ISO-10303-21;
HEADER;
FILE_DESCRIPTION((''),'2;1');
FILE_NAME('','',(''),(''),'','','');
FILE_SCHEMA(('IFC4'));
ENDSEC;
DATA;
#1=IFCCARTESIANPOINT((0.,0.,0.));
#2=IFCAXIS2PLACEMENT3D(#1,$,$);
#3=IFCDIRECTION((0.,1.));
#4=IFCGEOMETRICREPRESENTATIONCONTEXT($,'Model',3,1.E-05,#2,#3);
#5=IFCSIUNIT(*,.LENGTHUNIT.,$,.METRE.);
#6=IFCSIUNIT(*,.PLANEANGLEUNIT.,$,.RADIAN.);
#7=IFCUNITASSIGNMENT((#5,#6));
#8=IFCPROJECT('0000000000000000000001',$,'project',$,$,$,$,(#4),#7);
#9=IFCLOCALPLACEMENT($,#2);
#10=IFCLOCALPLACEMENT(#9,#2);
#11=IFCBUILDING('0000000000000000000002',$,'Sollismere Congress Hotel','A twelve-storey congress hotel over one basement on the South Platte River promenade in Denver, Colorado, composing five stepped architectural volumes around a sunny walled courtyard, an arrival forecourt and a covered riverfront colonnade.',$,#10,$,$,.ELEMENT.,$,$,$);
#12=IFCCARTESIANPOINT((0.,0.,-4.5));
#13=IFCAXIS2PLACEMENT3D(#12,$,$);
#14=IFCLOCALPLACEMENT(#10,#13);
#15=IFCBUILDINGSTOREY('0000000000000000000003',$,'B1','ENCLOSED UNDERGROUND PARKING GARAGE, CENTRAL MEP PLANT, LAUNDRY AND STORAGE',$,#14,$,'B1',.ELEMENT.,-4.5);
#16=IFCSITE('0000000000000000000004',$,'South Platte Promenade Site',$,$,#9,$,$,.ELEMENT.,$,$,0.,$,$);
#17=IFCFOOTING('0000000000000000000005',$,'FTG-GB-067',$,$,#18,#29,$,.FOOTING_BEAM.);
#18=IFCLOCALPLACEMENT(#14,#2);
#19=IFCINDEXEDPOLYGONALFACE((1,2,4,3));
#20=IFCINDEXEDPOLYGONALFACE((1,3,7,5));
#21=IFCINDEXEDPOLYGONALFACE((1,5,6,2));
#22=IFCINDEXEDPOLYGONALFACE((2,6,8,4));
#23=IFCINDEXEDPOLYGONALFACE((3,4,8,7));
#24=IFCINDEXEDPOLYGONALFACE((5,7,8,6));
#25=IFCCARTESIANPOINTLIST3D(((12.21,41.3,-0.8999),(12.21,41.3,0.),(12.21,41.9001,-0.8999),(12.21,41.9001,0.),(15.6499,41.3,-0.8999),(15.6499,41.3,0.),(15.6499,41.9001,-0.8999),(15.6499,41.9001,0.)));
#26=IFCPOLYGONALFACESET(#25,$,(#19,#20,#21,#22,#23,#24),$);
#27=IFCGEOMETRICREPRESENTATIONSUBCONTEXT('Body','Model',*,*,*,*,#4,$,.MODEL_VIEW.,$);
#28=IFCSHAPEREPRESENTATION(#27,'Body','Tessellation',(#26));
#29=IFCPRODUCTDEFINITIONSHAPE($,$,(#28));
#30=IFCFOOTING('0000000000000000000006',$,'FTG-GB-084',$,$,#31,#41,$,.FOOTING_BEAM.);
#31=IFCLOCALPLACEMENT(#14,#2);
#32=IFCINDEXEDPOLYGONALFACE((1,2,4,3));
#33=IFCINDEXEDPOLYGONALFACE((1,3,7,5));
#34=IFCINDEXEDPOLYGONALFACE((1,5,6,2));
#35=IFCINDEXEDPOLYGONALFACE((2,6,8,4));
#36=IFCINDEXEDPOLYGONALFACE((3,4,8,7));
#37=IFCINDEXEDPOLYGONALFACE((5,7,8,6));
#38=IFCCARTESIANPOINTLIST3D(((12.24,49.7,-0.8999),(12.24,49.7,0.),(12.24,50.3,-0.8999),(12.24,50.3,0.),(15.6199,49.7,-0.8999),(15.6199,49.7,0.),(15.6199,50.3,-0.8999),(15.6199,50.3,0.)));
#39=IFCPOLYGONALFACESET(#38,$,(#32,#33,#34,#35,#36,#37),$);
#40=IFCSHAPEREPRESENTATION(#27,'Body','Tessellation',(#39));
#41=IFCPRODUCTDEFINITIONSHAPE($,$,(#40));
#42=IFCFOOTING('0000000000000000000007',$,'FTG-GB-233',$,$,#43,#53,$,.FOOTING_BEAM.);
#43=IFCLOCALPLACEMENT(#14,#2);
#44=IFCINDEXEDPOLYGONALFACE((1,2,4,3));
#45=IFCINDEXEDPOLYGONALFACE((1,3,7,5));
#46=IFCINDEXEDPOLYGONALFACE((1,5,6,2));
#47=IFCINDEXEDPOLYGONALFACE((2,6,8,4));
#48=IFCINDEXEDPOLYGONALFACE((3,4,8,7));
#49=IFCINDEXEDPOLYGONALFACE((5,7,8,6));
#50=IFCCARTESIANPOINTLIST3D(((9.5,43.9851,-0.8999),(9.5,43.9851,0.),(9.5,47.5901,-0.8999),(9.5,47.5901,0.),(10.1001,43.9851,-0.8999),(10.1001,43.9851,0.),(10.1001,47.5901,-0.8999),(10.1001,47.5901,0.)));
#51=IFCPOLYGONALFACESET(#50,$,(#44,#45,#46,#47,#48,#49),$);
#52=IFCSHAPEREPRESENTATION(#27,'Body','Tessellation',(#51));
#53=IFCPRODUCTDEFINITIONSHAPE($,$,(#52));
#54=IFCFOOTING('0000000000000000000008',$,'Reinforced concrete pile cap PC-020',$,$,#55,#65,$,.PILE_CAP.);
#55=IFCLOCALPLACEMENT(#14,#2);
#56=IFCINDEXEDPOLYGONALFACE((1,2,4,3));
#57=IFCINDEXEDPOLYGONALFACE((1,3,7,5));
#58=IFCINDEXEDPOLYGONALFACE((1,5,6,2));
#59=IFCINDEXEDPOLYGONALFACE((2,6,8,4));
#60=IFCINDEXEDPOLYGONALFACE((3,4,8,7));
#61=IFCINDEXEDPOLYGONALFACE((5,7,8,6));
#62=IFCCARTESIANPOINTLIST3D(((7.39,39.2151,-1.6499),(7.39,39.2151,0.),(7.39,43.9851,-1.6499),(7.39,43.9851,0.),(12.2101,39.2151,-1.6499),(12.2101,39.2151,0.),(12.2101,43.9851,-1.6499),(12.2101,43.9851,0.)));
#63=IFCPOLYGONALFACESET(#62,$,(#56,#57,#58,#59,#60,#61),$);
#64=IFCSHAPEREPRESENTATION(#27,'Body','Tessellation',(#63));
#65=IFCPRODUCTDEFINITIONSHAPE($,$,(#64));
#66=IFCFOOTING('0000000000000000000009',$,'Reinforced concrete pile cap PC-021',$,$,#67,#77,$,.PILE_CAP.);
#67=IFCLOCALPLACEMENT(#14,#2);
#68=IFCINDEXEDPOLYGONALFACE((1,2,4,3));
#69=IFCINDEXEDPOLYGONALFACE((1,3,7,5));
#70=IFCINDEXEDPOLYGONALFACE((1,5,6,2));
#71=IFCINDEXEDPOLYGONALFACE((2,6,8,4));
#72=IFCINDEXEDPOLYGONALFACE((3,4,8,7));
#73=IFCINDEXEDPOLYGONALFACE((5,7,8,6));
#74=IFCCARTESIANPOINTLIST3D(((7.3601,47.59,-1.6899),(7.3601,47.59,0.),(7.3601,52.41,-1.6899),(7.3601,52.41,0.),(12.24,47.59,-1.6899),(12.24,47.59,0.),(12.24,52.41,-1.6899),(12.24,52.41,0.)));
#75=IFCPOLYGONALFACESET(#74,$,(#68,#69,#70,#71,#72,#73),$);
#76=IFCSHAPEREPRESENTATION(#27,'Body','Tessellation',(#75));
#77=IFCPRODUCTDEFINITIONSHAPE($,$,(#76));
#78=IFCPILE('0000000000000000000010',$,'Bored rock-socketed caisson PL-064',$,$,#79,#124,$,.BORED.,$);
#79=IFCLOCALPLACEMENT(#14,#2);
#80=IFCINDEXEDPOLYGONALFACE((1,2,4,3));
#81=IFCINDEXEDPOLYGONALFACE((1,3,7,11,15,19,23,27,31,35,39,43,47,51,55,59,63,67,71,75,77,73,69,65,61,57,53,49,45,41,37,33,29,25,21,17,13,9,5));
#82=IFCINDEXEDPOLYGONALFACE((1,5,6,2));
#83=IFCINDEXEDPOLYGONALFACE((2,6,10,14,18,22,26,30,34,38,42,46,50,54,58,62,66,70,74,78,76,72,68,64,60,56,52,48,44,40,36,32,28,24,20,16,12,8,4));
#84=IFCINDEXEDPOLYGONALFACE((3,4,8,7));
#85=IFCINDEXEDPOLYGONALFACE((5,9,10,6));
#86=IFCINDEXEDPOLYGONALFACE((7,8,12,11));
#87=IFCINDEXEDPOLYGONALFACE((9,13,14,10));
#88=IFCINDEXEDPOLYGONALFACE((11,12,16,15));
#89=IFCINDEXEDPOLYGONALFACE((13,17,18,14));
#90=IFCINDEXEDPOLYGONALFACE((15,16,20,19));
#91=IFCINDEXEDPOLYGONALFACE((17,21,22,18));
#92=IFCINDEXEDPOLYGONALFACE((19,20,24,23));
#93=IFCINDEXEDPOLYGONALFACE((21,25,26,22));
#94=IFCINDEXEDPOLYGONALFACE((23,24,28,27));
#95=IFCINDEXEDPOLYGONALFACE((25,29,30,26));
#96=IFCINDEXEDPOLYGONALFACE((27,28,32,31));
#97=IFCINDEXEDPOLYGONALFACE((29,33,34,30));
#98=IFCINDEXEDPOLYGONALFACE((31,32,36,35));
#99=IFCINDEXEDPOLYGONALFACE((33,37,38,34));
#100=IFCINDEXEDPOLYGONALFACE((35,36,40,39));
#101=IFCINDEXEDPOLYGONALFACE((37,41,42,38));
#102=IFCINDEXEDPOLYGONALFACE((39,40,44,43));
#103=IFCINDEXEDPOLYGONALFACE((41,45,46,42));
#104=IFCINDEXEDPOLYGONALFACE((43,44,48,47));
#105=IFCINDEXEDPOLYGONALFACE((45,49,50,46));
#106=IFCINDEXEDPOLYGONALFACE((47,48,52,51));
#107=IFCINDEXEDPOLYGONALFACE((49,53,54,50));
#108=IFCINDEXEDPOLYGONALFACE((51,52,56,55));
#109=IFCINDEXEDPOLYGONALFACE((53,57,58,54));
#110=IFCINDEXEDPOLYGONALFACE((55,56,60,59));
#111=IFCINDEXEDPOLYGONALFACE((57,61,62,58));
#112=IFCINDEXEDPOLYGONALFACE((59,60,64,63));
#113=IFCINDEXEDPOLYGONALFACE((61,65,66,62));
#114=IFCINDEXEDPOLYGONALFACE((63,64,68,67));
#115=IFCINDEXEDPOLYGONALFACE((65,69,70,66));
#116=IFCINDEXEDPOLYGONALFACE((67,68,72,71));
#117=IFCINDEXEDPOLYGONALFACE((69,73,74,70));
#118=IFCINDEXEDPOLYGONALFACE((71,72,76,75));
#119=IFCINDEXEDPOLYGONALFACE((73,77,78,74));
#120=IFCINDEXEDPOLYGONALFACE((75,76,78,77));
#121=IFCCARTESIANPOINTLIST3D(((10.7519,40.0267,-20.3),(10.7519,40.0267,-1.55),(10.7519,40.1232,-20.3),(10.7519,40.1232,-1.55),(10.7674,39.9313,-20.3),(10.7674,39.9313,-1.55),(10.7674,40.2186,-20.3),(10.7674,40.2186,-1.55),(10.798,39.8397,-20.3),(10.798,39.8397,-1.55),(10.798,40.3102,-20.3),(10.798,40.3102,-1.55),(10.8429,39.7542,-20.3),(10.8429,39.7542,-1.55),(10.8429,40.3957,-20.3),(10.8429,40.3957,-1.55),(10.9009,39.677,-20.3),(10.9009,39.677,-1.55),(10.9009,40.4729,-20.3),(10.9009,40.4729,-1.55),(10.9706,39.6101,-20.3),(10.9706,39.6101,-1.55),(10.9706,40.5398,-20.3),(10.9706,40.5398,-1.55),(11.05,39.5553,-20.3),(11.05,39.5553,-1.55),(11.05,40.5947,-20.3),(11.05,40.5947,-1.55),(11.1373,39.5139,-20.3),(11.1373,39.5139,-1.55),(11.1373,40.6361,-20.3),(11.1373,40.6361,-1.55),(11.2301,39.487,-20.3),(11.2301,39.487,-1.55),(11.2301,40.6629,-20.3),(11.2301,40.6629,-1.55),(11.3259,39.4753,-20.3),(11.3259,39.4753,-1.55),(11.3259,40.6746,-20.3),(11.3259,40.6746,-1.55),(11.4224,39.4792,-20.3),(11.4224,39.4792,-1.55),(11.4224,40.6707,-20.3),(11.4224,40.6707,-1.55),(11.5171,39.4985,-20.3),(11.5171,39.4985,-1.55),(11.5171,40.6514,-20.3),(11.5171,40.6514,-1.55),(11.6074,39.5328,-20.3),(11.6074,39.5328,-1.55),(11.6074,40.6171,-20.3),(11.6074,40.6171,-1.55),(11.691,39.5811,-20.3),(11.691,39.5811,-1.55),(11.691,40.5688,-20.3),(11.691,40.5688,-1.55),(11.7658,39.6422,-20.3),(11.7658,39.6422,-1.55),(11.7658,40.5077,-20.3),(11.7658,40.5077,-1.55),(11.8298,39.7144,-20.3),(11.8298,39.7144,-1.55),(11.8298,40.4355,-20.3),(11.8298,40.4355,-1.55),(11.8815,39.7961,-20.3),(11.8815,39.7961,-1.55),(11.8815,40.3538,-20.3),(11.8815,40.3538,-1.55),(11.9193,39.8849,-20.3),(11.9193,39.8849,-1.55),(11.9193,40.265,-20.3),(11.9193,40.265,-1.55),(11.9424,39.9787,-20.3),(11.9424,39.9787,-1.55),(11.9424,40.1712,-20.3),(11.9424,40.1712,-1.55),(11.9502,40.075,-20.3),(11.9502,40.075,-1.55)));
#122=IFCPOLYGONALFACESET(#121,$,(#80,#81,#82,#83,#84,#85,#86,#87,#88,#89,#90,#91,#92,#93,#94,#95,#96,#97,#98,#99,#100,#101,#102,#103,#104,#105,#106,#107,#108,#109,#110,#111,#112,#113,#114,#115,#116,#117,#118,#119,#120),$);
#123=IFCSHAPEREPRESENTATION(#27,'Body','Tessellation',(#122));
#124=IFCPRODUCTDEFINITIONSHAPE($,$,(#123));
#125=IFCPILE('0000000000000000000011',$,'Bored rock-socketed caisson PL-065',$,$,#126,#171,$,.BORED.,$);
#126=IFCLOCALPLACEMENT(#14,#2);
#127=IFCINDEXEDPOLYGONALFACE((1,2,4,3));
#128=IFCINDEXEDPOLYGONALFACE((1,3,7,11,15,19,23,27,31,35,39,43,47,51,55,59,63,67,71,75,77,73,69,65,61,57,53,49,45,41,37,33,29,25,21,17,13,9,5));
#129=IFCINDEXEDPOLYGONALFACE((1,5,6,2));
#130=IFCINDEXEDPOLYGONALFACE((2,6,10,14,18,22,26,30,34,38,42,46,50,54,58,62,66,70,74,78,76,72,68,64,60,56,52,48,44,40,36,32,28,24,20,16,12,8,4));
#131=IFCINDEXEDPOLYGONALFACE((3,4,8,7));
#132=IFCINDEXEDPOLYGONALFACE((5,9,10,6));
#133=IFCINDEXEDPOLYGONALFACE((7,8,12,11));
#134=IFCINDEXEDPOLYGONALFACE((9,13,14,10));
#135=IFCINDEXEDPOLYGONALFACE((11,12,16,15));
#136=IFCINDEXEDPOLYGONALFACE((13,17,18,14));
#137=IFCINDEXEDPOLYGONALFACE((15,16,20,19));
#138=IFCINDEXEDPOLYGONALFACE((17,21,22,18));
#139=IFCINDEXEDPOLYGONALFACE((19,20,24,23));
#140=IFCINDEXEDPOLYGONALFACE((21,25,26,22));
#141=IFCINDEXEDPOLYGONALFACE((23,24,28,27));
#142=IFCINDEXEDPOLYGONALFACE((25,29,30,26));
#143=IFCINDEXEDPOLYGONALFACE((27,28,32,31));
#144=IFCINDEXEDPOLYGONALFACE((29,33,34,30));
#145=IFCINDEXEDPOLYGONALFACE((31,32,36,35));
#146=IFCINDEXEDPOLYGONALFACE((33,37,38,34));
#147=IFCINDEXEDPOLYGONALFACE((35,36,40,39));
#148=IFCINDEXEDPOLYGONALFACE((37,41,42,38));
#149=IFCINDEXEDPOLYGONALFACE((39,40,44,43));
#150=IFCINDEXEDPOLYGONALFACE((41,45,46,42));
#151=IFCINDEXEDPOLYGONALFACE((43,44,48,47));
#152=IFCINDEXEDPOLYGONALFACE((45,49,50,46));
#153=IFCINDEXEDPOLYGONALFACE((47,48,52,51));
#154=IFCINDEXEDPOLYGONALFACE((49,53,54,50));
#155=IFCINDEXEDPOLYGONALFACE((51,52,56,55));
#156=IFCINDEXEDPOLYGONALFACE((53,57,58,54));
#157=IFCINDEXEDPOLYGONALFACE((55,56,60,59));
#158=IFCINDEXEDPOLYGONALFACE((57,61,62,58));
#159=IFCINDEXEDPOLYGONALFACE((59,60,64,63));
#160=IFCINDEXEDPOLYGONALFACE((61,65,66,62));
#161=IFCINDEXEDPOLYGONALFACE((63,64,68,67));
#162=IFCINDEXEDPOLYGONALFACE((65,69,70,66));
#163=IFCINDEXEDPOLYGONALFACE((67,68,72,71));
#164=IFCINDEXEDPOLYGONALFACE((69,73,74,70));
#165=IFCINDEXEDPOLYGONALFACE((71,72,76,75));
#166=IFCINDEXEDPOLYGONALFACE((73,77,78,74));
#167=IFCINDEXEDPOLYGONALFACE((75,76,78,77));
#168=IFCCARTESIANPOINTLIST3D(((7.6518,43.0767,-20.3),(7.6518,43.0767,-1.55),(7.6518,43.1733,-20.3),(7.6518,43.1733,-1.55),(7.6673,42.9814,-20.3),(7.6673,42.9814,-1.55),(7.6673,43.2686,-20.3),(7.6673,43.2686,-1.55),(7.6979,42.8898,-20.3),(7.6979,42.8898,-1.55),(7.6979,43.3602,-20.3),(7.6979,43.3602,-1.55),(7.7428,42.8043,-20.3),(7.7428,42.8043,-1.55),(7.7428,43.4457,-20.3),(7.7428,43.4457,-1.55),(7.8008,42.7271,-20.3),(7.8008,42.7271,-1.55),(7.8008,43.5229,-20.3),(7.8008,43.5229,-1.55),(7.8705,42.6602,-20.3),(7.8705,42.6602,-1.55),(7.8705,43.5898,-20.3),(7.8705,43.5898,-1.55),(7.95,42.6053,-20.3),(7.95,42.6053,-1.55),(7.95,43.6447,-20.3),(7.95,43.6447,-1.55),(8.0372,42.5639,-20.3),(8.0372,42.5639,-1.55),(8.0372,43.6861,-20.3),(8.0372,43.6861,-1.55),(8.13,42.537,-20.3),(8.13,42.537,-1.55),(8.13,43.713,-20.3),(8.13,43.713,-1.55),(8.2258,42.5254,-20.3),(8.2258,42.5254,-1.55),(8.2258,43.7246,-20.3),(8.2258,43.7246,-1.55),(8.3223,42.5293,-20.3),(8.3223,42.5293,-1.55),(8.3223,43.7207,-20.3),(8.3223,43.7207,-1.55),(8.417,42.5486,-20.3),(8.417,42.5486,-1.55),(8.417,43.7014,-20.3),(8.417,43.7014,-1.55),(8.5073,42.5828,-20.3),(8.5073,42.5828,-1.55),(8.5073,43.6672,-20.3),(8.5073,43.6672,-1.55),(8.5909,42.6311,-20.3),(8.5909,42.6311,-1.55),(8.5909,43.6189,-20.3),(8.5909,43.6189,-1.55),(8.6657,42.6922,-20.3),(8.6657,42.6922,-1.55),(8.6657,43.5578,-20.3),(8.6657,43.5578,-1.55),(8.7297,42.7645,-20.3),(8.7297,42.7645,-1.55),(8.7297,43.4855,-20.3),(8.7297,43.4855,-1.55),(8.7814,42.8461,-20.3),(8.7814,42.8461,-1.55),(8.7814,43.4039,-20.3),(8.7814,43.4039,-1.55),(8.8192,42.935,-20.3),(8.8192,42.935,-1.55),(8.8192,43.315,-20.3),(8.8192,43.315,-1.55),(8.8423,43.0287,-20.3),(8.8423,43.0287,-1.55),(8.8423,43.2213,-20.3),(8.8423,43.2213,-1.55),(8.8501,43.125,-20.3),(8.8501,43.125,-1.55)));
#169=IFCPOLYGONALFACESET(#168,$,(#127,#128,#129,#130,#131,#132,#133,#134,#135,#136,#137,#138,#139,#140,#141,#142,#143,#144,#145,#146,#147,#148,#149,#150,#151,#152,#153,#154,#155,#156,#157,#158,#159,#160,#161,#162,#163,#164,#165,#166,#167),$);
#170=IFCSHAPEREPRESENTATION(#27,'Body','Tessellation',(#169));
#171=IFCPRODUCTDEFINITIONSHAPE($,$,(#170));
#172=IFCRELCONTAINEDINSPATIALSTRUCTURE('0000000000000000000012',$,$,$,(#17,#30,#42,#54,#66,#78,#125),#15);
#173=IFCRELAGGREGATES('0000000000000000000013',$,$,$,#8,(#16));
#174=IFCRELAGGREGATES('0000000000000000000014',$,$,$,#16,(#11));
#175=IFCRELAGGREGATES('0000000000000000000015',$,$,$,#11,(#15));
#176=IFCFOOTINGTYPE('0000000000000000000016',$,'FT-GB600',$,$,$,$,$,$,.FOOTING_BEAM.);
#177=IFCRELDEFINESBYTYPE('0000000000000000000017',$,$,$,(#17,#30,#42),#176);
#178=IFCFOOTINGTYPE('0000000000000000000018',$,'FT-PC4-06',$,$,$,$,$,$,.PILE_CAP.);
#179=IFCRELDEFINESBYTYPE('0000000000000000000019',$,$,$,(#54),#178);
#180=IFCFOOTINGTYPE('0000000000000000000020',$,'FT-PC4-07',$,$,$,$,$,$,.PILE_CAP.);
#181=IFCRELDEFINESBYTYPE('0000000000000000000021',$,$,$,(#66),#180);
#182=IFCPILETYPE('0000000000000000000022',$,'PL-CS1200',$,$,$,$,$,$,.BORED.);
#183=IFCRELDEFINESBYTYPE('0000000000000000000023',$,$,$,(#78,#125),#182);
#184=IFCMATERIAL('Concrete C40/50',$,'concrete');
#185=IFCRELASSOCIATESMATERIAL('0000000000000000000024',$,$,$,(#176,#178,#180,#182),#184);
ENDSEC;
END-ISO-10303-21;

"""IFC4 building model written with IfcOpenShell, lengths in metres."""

from ifc_helpers import new_model, si_unit, direction, frame, origin, origin_2d, place, context, subcontext, project, spatial, rectangle, circle, extrude, material, material_profile, profile_set, type_object, element, save


model = new_model("IFC4")

# Units and contexts
model_context = context("Model", 3, precision=1e-05, world=origin(), true_north=direction((0.0, 1.0)))
body_context = subcontext(model_context, "Body", "Model", "MODEL_VIEW")
ifc_project = project(units=[si_unit("LENGTHUNIT", "METRE"), si_unit("PLANEANGLEUNIT", "RADIAN")], contexts=[model_context])

# Site, building, storey
site_placement = place(None, origin())
site = spatial("IfcSite", under=ifc_project, at=site_placement, Name="South Platte Promenade Site", CompositionType="ELEMENT", RefElevation=0.0)
building_placement = place(site_placement, origin())
building = spatial("IfcBuilding", under=site, at=building_placement, Name="Sollismere Congress Hotel", Description="A twelve-storey congress hotel over one basement on the South Platte River promenade in Denver, Colorado, composing five stepped architectural volumes around a sunny walled courtyard, an arrival forecourt and a covered riverfront colonnade.", CompositionType="ELEMENT")
storey_placement = place(building_placement, frame((0.0, 0.0, -4.5)))
storey = spatial("IfcBuildingStorey", under=building, at=storey_placement, Name="B1", Description="ENCLOSED UNDERGROUND PARKING GARAGE, CENTRAL MEP PLANT, LAUNDRY AND STORAGE", LongName="B1", CompositionType="ELEMENT", Elevation=-4.5)

# Footings
ifc_material_1 = material(Name="Concrete C40/50", Category="concrete")
footing_type_1 = type_object("IfcFootingType", Name="FT-GB600", PredefinedType="FOOTING_BEAM", material=ifc_material_1)
footing_1_placement = place(storey_placement, frame((13.9299, 41.6001, -0.8999), z_axis=(0.0, 0.0, 1.0), x_axis=(1.0, 0.0, 0.0)))
element("IfcFooting", 1, at=footing_1_placement, inside=storey, type_object=footing_type_1, Name="FTG-GB-067", PredefinedType="FOOTING_BEAM", context=body_context, shape_type="SweptSolid", body=[
    extrude(rectangle(XDim=3.4399, YDim=0.6001, at=origin_2d()), origin(), (0.0, 0.0, 1.0), 0.8999),
])
footing_2_placement = place(storey_placement, frame((13.9299, 50.0, -0.8999), z_axis=(0.0, 0.0, 1.0), x_axis=(1.0, 0.0, 0.0)))
element("IfcFooting", 2, at=footing_2_placement, inside=storey, type_object=footing_type_1, Name="FTG-GB-084", PredefinedType="FOOTING_BEAM", context=body_context, shape_type="SweptSolid", body=[
    extrude(rectangle(XDim=3.3799, YDim=0.6001, at=origin_2d()), origin(), (0.0, 0.0, 1.0), 0.8999),
])
footing_3_placement = place(storey_placement, frame((9.8, 45.7876, -0.8999), z_axis=(0.0, 0.0, 1.0), x_axis=(0.0, 1.0, 0.0)))
element("IfcFooting", 3, at=footing_3_placement, inside=storey, type_object=footing_type_1, Name="FTG-GB-233", PredefinedType="FOOTING_BEAM", context=body_context, shape_type="SweptSolid", body=[
    extrude(rectangle(XDim=3.605, YDim=0.6001, at=origin_2d()), origin(), (0.0, 0.0, 1.0), 0.8999),
])
footing_type_2 = type_object("IfcFootingType", Name="FT-PC4-06", PredefinedType="PILE_CAP", material=ifc_material_1)
footing_4_placement = place(storey_placement, frame((9.8, 41.6001, -1.6499), z_axis=(0.0, 0.0, 1.0), x_axis=(1.0, 0.0, 0.0)))
element("IfcFooting", 4, at=footing_4_placement, inside=storey, type_object=footing_type_2, Name="Reinforced concrete pile cap PC-020", PredefinedType="PILE_CAP", context=body_context, shape_type="SweptSolid", body=[
    extrude(rectangle(XDim=4.8201, YDim=4.77, at=origin_2d()), origin(), (0.0, 0.0, 1.0), 1.6499),
])
footing_type_3 = type_object("IfcFootingType", Name="FT-PC4-07", PredefinedType="PILE_CAP", material=ifc_material_1)
footing_5_placement = place(storey_placement, frame((9.8, 50.0, -1.6899), z_axis=(0.0, 0.0, 1.0), x_axis=(1.0, 0.0, 0.0)))
element("IfcFooting", 5, at=footing_5_placement, inside=storey, type_object=footing_type_3, Name="Reinforced concrete pile cap PC-021", PredefinedType="PILE_CAP", context=body_context, shape_type="SweptSolid", body=[
    extrude(rectangle(XDim=4.8799, YDim=4.8201, at=origin_2d()), origin(), (0.0, 0.0, 1.0), 1.6899),
])

# Piles
ifc_material_profile_1 = material_profile(ifc_material_1, circle(Radius=0.6001, at=origin_2d()), Name="CAISSON1200")
ifc_profile_set_1 = profile_set([ifc_material_profile_1], Name="Concrete C40/50")
pile_type = type_object("IfcPileType", Name="PL-CS1200", PredefinedType="BORED", material=ifc_profile_set_1)
for number, where, z_axis, x_axis, name in (
    (6, (11.3501, 40.075, -1.55), (0.0, 0.0, -1.0), (1.0, 0.0, 0.0), "Bored rock-socketed caisson PL-064"),
    (7, (8.25, 43.125, -1.55), (0.0, 0.0, -1.0), (1.0, 0.0, 0.0), "Bored rock-socketed caisson PL-065"),
):
    element("IfcPile", number, at=place(storey_placement, frame(where, z_axis=z_axis, x_axis=x_axis)), inside=storey, type_object=pile_type, Name=name, PredefinedType="BORED", context=body_context, shape_type="SweptSolid", body=[
        extrude(circle(Radius=0.6001, at=origin_2d()), origin(), (0.0, 0.0, 1.0), 18.75),
    ])

save(model, "model.ifc")
